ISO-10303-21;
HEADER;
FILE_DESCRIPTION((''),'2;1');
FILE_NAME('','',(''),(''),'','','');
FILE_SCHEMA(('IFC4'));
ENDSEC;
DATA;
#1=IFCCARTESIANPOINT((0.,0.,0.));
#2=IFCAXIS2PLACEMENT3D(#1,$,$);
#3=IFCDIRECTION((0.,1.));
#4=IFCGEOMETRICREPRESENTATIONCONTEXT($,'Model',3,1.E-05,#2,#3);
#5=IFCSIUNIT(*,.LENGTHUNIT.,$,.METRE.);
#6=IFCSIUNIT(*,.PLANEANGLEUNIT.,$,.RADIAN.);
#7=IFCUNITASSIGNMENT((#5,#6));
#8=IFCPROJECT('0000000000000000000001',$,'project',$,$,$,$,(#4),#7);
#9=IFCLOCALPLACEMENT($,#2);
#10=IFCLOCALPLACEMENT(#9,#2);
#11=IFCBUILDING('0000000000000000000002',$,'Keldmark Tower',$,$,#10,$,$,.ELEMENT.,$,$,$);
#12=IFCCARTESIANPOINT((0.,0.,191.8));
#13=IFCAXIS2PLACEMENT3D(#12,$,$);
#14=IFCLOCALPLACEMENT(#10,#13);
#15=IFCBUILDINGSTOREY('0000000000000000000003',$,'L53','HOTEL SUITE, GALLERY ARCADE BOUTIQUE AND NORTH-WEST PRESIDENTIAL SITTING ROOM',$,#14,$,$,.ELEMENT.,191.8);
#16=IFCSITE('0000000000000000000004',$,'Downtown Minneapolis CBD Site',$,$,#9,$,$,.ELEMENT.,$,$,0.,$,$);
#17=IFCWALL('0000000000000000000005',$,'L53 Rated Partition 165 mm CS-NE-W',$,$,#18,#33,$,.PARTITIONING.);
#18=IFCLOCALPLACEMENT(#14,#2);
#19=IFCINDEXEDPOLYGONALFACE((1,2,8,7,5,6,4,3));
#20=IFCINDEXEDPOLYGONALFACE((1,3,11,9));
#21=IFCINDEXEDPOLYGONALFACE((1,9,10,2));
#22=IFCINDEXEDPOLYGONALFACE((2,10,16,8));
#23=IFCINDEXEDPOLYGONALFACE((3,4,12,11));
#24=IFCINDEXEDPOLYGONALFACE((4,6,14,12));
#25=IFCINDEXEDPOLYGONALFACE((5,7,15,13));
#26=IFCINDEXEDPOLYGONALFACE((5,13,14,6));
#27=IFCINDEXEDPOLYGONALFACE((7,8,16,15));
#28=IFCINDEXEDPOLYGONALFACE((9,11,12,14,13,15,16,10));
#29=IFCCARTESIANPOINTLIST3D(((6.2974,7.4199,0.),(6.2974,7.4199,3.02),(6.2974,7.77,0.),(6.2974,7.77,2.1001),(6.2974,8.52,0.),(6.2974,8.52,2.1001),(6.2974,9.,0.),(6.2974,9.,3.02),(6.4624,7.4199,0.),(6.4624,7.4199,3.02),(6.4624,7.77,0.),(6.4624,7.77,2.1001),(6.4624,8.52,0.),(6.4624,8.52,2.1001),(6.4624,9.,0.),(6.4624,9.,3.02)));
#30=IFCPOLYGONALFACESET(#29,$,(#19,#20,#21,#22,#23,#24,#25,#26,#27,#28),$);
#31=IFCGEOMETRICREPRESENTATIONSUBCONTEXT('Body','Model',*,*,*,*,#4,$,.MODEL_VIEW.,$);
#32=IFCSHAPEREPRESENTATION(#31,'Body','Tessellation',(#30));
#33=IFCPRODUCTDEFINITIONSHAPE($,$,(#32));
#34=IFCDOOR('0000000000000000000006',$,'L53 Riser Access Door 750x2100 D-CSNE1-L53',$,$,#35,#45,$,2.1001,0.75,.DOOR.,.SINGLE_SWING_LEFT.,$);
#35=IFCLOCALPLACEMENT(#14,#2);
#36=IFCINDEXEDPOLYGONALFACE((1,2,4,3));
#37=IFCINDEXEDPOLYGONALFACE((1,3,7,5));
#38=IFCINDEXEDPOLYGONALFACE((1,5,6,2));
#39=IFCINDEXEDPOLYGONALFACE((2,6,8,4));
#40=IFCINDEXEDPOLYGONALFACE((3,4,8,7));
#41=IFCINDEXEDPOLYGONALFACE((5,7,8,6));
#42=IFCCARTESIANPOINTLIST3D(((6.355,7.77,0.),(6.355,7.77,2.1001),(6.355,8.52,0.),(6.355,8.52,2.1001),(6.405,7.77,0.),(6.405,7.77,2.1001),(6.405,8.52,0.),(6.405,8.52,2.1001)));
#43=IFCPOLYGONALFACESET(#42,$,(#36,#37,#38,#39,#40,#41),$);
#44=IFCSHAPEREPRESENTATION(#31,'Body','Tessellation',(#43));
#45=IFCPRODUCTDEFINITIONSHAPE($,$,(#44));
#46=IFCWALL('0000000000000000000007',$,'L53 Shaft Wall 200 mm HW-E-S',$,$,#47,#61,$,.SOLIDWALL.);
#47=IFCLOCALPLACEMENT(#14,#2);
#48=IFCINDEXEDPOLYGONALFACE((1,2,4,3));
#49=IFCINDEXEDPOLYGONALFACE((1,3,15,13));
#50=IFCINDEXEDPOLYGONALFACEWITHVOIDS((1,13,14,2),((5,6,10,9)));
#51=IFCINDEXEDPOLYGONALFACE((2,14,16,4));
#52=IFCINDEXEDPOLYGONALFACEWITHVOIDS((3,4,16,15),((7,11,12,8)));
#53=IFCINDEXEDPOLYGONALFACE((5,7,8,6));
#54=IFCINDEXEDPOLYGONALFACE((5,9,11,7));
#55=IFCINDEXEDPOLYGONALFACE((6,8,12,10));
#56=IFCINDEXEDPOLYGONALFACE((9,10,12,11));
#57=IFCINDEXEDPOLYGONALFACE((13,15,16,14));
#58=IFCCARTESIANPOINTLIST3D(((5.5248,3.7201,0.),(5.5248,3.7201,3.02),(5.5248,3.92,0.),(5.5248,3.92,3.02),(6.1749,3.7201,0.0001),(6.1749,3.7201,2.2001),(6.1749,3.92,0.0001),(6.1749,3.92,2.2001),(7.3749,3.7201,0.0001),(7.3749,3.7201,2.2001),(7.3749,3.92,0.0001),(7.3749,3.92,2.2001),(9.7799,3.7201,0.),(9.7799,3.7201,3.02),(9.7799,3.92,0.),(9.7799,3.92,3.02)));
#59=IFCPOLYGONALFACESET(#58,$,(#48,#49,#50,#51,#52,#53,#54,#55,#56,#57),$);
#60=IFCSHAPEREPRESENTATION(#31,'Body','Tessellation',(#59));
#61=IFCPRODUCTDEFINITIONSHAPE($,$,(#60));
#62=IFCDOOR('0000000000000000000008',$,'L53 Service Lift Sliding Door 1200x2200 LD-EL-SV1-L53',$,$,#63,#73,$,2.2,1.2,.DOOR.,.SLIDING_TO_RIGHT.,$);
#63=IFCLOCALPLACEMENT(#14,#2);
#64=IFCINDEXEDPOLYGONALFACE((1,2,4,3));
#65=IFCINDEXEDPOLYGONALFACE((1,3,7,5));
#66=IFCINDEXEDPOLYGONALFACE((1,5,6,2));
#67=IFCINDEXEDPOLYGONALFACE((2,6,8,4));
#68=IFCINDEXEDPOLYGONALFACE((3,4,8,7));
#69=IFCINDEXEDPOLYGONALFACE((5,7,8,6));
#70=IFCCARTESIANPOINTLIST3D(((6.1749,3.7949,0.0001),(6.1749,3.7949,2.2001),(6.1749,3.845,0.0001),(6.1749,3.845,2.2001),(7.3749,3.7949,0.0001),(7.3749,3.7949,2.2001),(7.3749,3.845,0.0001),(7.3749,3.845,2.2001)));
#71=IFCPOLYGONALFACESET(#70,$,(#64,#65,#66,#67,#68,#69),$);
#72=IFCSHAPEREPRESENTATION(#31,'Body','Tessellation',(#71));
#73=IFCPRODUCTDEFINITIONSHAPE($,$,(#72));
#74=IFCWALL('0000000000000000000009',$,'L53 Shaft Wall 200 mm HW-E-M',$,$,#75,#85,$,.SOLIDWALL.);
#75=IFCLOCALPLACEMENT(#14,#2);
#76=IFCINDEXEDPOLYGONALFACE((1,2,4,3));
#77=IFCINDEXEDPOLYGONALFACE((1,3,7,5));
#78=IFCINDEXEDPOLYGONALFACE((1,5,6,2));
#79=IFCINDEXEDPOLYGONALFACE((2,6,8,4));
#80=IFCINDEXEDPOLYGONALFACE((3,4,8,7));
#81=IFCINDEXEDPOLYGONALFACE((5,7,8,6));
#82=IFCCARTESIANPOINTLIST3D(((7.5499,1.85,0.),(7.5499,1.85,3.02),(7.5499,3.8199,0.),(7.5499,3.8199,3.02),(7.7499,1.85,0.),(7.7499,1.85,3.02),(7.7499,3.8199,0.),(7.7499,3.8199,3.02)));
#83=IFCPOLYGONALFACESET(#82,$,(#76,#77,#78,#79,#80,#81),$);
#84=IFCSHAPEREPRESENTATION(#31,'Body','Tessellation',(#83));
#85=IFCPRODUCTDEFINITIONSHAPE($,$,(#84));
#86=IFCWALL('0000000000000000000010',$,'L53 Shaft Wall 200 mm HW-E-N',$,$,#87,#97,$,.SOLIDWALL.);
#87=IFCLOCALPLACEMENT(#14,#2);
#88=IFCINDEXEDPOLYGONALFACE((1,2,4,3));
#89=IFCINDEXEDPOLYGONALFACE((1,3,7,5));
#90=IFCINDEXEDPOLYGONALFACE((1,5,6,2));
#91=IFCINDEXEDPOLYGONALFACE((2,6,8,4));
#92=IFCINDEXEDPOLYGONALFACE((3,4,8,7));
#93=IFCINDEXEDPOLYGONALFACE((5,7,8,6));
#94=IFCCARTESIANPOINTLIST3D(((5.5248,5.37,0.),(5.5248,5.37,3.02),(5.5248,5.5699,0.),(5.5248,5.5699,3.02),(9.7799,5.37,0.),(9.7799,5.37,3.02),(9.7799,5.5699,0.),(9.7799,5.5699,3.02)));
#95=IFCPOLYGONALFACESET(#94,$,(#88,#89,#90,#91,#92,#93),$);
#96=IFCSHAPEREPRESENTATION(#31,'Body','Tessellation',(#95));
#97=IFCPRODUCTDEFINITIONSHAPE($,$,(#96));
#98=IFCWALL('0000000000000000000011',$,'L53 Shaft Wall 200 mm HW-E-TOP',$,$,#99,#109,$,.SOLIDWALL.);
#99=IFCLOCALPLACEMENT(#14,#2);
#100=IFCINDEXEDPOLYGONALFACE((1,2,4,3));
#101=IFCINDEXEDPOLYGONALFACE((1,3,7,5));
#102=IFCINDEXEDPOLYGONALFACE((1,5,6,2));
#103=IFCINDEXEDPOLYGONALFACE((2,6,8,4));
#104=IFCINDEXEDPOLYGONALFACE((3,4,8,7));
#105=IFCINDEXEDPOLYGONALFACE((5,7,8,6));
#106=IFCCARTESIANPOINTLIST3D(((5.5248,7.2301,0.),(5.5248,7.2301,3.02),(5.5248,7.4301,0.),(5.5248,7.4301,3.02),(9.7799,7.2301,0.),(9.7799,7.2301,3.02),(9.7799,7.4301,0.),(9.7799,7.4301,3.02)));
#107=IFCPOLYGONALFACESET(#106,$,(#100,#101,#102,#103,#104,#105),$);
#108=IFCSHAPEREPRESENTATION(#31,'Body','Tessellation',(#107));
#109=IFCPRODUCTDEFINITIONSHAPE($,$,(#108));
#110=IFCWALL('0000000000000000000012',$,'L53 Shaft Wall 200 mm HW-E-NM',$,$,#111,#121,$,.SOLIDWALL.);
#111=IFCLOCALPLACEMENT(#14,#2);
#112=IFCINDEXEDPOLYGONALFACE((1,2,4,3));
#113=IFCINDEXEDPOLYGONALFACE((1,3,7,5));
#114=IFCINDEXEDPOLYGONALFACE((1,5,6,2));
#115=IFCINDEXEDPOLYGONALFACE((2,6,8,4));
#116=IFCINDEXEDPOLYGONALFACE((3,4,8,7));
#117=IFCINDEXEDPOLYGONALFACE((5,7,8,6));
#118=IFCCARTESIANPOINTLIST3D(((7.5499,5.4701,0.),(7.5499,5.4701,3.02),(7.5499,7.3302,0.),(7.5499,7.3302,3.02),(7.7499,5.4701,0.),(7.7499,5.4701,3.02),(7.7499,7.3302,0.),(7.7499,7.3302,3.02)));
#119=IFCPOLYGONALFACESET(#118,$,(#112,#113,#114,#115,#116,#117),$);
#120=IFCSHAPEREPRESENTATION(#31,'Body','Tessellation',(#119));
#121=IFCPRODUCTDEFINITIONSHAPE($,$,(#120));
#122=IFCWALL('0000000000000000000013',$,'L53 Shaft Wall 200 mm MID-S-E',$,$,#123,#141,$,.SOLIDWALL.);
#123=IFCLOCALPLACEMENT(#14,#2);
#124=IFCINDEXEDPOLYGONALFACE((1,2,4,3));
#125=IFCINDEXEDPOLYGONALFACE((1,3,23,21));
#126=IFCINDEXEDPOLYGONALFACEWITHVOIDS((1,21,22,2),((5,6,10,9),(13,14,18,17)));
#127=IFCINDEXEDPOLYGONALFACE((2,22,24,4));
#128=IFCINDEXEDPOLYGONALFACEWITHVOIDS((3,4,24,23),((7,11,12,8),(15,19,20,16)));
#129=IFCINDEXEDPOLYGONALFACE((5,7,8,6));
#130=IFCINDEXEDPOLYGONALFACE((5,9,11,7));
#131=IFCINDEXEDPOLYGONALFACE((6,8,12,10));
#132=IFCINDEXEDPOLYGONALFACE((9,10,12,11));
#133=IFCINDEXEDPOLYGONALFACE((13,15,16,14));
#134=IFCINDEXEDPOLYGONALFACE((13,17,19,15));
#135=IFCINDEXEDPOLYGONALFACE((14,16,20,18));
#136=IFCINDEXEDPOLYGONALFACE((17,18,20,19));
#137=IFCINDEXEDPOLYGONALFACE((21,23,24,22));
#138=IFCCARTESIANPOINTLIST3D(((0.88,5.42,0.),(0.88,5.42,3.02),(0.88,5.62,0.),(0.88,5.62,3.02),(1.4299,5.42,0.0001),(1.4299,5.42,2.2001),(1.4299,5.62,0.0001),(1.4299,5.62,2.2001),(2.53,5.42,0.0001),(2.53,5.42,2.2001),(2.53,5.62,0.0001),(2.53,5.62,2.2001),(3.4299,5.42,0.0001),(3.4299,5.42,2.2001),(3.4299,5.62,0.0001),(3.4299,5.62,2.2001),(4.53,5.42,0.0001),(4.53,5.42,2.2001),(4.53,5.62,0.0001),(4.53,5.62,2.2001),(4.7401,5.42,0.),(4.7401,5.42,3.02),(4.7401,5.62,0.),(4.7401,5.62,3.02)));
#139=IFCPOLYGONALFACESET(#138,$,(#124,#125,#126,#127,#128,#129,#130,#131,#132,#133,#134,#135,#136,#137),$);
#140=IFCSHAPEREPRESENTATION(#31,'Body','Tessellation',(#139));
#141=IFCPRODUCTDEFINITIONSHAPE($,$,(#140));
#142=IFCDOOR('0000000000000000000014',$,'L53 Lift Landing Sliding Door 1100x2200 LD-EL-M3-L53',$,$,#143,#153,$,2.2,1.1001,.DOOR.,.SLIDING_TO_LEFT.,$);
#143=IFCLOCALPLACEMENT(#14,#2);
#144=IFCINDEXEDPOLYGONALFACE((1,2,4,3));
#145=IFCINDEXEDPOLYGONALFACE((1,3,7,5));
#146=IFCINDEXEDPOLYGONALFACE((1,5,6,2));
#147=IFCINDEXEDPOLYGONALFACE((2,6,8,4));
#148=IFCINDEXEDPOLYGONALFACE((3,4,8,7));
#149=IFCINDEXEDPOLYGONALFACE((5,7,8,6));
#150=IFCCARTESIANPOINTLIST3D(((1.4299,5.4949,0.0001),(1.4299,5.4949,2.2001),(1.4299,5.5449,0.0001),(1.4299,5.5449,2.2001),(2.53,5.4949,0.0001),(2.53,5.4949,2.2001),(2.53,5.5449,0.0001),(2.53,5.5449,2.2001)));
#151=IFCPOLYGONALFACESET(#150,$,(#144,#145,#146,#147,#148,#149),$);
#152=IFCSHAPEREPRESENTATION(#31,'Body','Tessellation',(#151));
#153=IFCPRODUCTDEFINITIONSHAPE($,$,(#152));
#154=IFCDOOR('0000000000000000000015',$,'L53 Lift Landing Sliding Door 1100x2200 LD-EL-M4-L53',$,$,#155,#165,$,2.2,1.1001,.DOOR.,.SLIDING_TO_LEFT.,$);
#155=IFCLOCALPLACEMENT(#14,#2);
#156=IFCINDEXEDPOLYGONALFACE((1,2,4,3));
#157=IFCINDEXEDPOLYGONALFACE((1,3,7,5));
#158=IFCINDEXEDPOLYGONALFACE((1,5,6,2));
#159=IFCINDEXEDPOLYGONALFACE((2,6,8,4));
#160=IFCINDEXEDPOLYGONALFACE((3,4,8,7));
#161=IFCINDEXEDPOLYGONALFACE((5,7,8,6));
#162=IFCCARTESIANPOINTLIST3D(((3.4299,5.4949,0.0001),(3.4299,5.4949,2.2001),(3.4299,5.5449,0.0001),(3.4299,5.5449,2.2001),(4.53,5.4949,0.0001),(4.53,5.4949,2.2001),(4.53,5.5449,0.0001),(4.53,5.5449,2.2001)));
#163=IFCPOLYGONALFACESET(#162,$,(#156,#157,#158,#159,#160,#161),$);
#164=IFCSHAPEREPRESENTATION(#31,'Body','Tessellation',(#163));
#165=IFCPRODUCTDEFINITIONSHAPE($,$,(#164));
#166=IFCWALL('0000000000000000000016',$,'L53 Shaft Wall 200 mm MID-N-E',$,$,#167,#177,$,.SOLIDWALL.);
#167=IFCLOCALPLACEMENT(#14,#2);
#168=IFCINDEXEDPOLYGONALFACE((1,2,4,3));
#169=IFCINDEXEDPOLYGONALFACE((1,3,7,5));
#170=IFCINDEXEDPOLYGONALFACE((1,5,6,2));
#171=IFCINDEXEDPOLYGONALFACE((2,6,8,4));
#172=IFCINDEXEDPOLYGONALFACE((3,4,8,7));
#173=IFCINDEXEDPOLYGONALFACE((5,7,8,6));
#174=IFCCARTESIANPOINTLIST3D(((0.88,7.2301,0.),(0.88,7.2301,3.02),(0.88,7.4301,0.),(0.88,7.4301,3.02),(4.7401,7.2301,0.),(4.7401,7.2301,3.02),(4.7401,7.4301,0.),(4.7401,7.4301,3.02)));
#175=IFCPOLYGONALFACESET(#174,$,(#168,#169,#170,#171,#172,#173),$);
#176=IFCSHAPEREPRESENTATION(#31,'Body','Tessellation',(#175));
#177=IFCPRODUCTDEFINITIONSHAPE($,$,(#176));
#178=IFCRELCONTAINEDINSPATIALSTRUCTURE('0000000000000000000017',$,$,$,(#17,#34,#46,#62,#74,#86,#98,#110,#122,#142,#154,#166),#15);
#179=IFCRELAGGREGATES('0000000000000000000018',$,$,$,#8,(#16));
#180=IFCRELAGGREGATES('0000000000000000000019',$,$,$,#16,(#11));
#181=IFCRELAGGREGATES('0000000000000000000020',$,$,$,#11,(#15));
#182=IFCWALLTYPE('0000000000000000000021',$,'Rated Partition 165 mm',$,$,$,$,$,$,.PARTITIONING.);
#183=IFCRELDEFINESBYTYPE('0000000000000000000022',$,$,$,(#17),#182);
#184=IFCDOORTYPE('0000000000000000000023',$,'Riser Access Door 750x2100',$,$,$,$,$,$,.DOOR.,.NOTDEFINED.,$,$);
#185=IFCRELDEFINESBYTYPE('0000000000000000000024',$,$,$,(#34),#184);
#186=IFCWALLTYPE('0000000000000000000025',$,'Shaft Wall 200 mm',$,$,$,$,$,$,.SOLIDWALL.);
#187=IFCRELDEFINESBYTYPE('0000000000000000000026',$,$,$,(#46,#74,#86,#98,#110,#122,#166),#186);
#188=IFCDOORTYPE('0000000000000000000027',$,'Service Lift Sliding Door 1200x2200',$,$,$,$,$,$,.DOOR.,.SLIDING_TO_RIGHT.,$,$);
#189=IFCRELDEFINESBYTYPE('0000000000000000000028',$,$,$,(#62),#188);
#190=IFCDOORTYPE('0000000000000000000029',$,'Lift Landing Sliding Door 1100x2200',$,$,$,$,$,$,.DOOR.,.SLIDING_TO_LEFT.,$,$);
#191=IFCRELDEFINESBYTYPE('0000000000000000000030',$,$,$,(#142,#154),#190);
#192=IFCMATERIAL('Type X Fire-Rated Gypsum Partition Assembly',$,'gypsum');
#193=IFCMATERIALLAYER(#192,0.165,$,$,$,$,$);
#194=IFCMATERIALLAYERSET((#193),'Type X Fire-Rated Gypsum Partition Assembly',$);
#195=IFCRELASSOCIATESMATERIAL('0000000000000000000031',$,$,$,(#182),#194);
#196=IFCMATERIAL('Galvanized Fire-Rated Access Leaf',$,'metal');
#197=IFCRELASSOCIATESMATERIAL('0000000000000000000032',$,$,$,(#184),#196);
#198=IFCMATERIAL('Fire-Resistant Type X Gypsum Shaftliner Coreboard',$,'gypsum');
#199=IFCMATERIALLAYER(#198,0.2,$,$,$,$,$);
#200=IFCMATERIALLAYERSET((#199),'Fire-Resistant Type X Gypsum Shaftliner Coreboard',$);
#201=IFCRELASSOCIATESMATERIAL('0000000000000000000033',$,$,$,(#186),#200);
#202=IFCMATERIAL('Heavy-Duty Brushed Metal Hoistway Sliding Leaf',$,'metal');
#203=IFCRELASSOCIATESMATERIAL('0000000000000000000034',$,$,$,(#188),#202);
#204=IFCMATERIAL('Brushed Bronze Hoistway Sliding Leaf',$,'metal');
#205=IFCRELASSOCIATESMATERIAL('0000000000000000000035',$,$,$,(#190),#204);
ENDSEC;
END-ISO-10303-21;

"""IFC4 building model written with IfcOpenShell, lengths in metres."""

from ifc_helpers import new_model, si_unit, direction, frame, frame_2d, origin, place, context, subcontext, project, spatial, rectangle, extrude, material, layer, layer_set, type_object, element, fill, save


model = new_model("IFC4")

# Units and contexts
model_context = context("Model", 3, precision=1e-05, world=origin(), true_north=direction((0.0, 1.0)))
body_context = subcontext(model_context, "Body", "Model", "MODEL_VIEW")
ifc_project = project(units=[si_unit("LENGTHUNIT", "METRE"), si_unit("PLANEANGLEUNIT", "RADIAN")], contexts=[model_context])

# Site, building, storey
site_placement = place(None, origin())
site = spatial("IfcSite", under=ifc_project, at=site_placement, Name="Downtown Minneapolis CBD Site", CompositionType="ELEMENT", RefElevation=0.0)
building_placement = place(site_placement, origin())
building = spatial("IfcBuilding", under=site, at=building_placement, Name="Keldmark Tower", CompositionType="ELEMENT")
storey_placement = place(building_placement, frame((0.0, 0.0, 191.8)))
storey = spatial("IfcBuildingStorey", under=building, at=storey_placement, Name="L53", Description="HOTEL SUITE, GALLERY ARCADE BOUTIQUE AND NORTH-WEST PRESIDENTIAL SITTING ROOM", CompositionType="ELEMENT", Elevation=191.8)

# Shared definitions
ifc_material_1 = material(Name="Type X Fire-Rated Gypsum Partition Assembly", Category="gypsum")
ifc_layer_1 = layer(ifc_material_1, 0.165)
ifc_layer_set_1 = layer_set([ifc_layer_1], Name="Type X Fire-Rated Gypsum Partition Assembly")
wall_type_1 = type_object("IfcWallType", Name="Rated Partition 165 mm", PredefinedType="PARTITIONING", material=ifc_layer_set_1)

# Walls, openings, doors
wall_1_placement = place(storey_placement, frame((6.3799, 7.4199, 0.0), z_axis=(0.0, 0.0, 1.0), x_axis=(0.0, 1.0, 0.0)))
wall_1 = element("IfcWall", 1, at=wall_1_placement, inside=storey, type_object=wall_type_1, Name="L53 Rated Partition 165 mm CS-NE-W", PredefinedType="PARTITIONING", context=body_context, shape_type="SweptSolid", body=[
    extrude(rectangle(XDim=1.5801, YDim=0.165, at=frame_2d((0.79, 0.0))), origin(), (0.0, 0.0, 1.0), 3.02),
])
opening_1_placement = place(wall_1_placement, frame((0.3501, 0.0, 0.0)))
opening_1 = element("IfcOpeningElement", 2, at=opening_1_placement, cuts=wall_1, PredefinedType="OPENING", context=body_context, shape_type="SweptSolid", body=[
    extrude(rectangle(XDim=0.75, YDim=2.1001, at=frame_2d((0.375, 1.05))), frame((0.0, 0.0925, 0.0), z_axis=(0.0, -1.0, 0.0), x_axis=(1.0, 0.0, 0.0)), (0.0, 0.0, 1.0), 0.1851),
])
ifc_material_2 = material(Name="Galvanized Fire-Rated Access Leaf", Category="metal")
door_type_1 = type_object("IfcDoorType", Name="Riser Access Door 750x2100", OperationType="NOTDEFINED", PredefinedType="DOOR", material=ifc_material_2)
door_1_placement = place(opening_1_placement, origin())
door_1 = element("IfcDoor", 3, at=door_1_placement, inside=storey, type_object=door_type_1, Name="L53 Riser Access Door 750x2100 D-CSNE1-L53", OperationType="SINGLE_SWING_LEFT", OverallHeight=2.1001, OverallWidth=0.75, PredefinedType="DOOR", context=body_context, shape_type="SweptSolid", body=[
    extrude(rectangle(XDim=0.75, YDim=2.1001, at=frame_2d((0.375, 1.05))), frame((0.0, 0.0249, 0.0), z_axis=(0.0, -1.0, 0.0), x_axis=(1.0, 0.0, 0.0)), (0.0, 0.0, 1.0), 0.05),
])
fill(opening_1, door_1)
ifc_material_3 = material(Name="Fire-Resistant Type X Gypsum Shaftliner Coreboard", Category="gypsum")
ifc_layer_2 = layer(ifc_material_3, 0.2)
ifc_layer_set_2 = layer_set([ifc_layer_2], Name="Fire-Resistant Type X Gypsum Shaftliner Coreboard")
wall_type_2 = type_object("IfcWallType", Name="Shaft Wall 200 mm", PredefinedType="SOLIDWALL", material=ifc_layer_set_2)
wall_2_placement = place(storey_placement, frame((5.5249, 3.8201, 0.0), z_axis=(0.0, 0.0, 1.0), x_axis=(1.0, 0.0, 0.0)))
wall_2 = element("IfcWall", 4, at=wall_2_placement, inside=storey, type_object=wall_type_2, Name="L53 Shaft Wall 200 mm HW-E-S", PredefinedType="SOLIDWALL", context=body_context, shape_type="SweptSolid", body=[
    extrude(rectangle(XDim=4.2551, YDim=0.2, at=frame_2d((2.1274, 0.0))), origin(), (0.0, 0.0, 1.0), 3.02),
])
opening_2_placement = place(wall_2_placement, frame((0.6499, 0.0, 0.0)))
opening_2 = element("IfcOpeningElement", 5, at=opening_2_placement, cuts=wall_2, PredefinedType="OPENING", context=body_context, shape_type="SweptSolid", body=[
    extrude(rectangle(XDim=1.2, YDim=2.2, at=frame_2d((0.6001, 1.1001))), frame((0.0, 0.1099, 0.0), z_axis=(0.0, -1.0, 0.0), x_axis=(1.0, 0.0, 0.0)), (0.0, 0.0, 1.0), 0.22),
])
ifc_material_4 = material(Name="Heavy-Duty Brushed Metal Hoistway Sliding Leaf", Category="metal")
door_type_2 = type_object("IfcDoorType", Name="Service Lift Sliding Door 1200x2200", OperationType="SLIDING_TO_RIGHT", PredefinedType="DOOR", material=ifc_material_4)
door_2_placement = place(opening_2_placement, origin())
door_2 = element("IfcDoor", 6, at=door_2_placement, inside=storey, type_object=door_type_2, Name="L53 Service Lift Sliding Door 1200x2200 LD-EL-SV1-L53", OperationType="SLIDING_TO_RIGHT", OverallHeight=2.2, OverallWidth=1.2, PredefinedType="DOOR", context=body_context, shape_type="SweptSolid", body=[
    extrude(rectangle(XDim=1.2, YDim=2.2, at=frame_2d((0.6001, 1.1001))), frame((0.0, 0.0249, 0.0), z_axis=(0.0, -1.0, 0.0), x_axis=(1.0, 0.0, 0.0)), (0.0, 0.0, 1.0), 0.05),
])
fill(opening_2, door_2)

# Walls
wall_3_placement = place(storey_placement, frame((7.6499, 1.8501, 0.0), z_axis=(0.0, 0.0, 1.0), x_axis=(0.0, 1.0, 0.0)))
element("IfcWall", 7, at=wall_3_placement, inside=storey, type_object=wall_type_2, Name="L53 Shaft Wall 200 mm HW-E-M", PredefinedType="SOLIDWALL", context=body_context, shape_type="SweptSolid", body=[
    extrude(rectangle(XDim=1.97, YDim=0.2, at=frame_2d((0.9849, 0.0))), origin(), (0.0, 0.0, 1.0), 3.02),
])
for number, where, z_axis, x_axis, name in (
    (8, (5.5249, 5.47, 0.0), (0.0, 0.0, 1.0), (1.0, 0.0, 0.0), "L53 Shaft Wall 200 mm HW-E-N"),
    (9, (5.5249, 7.3301, 0.0), (0.0, 0.0, 1.0), (1.0, 0.0, 0.0), "L53 Shaft Wall 200 mm HW-E-TOP"),
):
    element("IfcWall", number, at=place(storey_placement, frame(where, z_axis=z_axis, x_axis=x_axis)), inside=storey, type_object=wall_type_2, Name=name, PredefinedType="SOLIDWALL", context=body_context, shape_type="SweptSolid", body=[
        extrude(rectangle(XDim=4.2551, YDim=0.2, at=frame_2d((2.1274, 0.0))), origin(), (0.0, 0.0, 1.0), 3.02),
    ])
wall_4_placement = place(storey_placement, frame((7.6499, 5.47, 0.0), z_axis=(0.0, 0.0, 1.0), x_axis=(0.0, 1.0, 0.0)))
element("IfcWall", 10, at=wall_4_placement, inside=storey, type_object=wall_type_2, Name="L53 Shaft Wall 200 mm HW-E-NM", PredefinedType="SOLIDWALL", context=body_context, shape_type="SweptSolid", body=[
    extrude(rectangle(XDim=1.8601, YDim=0.2, at=frame_2d((0.9302, 0.0))), origin(), (0.0, 0.0, 1.0), 3.02),
])

# Wall, openings, doors
wall_5_placement = place(storey_placement, frame((0.8799, 5.52, 0.0), z_axis=(0.0, 0.0, 1.0), x_axis=(1.0, 0.0, 0.0)))
wall_5 = element("IfcWall", 11, at=wall_5_placement, inside=storey, type_object=wall_type_2, Name="L53 Shaft Wall 200 mm MID-S-E", PredefinedType="SOLIDWALL", context=body_context, shape_type="SweptSolid", body=[
    extrude(rectangle(XDim=3.8601, YDim=0.2, at=frame_2d((1.9302, 0.0))), origin(), (0.0, 0.0, 1.0), 3.02),
])
opening_3_placement = place(wall_5_placement, frame((0.55, 0.0, 0.0)))
opening_3 = element("IfcOpeningElement", 12, at=opening_3_placement, cuts=wall_5, PredefinedType="OPENING", context=body_context, shape_type="SweptSolid", body=[
    extrude(rectangle(XDim=1.1001, YDim=2.2, at=frame_2d((0.55, 1.1001))), frame((0.0, 0.1099, 0.0), z_axis=(0.0, -1.0, 0.0), x_axis=(1.0, 0.0, 0.0)), (0.0, 0.0, 1.0), 0.22),
])
opening_4_placement = place(wall_5_placement, frame((2.55, 0.0, 0.0)))
opening_4 = element("IfcOpeningElement", 13, at=opening_4_placement, cuts=wall_5, PredefinedType="OPENING", context=body_context, shape_type="SweptSolid", body=[
    extrude(rectangle(XDim=1.1001, YDim=2.2, at=frame_2d((0.55, 1.1001))), frame((0.0, 0.1099, 0.0), z_axis=(0.0, -1.0, 0.0), x_axis=(1.0, 0.0, 0.0)), (0.0, 0.0, 1.0), 0.22),
])
ifc_material_5 = material(Name="Brushed Bronze Hoistway Sliding Leaf", Category="metal")
door_type_3 = type_object("IfcDoorType", Name="Lift Landing Sliding Door 1100x2200", OperationType="SLIDING_TO_LEFT", PredefinedType="DOOR", material=ifc_material_5)
door_3_placement = place(opening_3_placement, origin())
door_3 = element("IfcDoor", 14, at=door_3_placement, inside=storey, type_object=door_type_3, Name="L53 Lift Landing Sliding Door 1100x2200 LD-EL-M3-L53", OperationType="SLIDING_TO_LEFT", OverallHeight=2.2, OverallWidth=1.1001, PredefinedType="DOOR", context=body_context, shape_type="SweptSolid", body=[
    extrude(rectangle(XDim=1.1001, YDim=2.2, at=frame_2d((0.55, 1.1001))), frame((0.0, 0.0249, 0.0), z_axis=(0.0, -1.0, 0.0), x_axis=(1.0, 0.0, 0.0)), (0.0, 0.0, 1.0), 0.05),
])
fill(opening_3, door_3)
door_4_placement = place(opening_4_placement, origin())
door_4 = element("IfcDoor", 15, at=door_4_placement, inside=storey, type_object=door_type_3, Name="L53 Lift Landing Sliding Door 1100x2200 LD-EL-M4-L53", OperationType="SLIDING_TO_LEFT", OverallHeight=2.2, OverallWidth=1.1001, PredefinedType="DOOR", context=body_context, shape_type="SweptSolid", body=[
    extrude(rectangle(XDim=1.1001, YDim=2.2, at=frame_2d((0.55, 1.1001))), frame((0.0, 0.0249, 0.0), z_axis=(0.0, -1.0, 0.0), x_axis=(1.0, 0.0, 0.0)), (0.0, 0.0, 1.0), 0.05),
])
fill(opening_4, door_4)

# Wall
wall_6_placement = place(storey_placement, frame((0.8799, 7.3301, 0.0), z_axis=(0.0, 0.0, 1.0), x_axis=(1.0, 0.0, 0.0)))
element("IfcWall", 16, at=wall_6_placement, inside=storey, type_object=wall_type_2, Name="L53 Shaft Wall 200 mm MID-N-E", PredefinedType="SOLIDWALL", context=body_context, shape_type="SweptSolid", body=[
    extrude(rectangle(XDim=3.8601, YDim=0.2, at=frame_2d((1.9302, 0.0))), origin(), (0.0, 0.0, 1.0), 3.02),
])

save(model, "model.ifc")
